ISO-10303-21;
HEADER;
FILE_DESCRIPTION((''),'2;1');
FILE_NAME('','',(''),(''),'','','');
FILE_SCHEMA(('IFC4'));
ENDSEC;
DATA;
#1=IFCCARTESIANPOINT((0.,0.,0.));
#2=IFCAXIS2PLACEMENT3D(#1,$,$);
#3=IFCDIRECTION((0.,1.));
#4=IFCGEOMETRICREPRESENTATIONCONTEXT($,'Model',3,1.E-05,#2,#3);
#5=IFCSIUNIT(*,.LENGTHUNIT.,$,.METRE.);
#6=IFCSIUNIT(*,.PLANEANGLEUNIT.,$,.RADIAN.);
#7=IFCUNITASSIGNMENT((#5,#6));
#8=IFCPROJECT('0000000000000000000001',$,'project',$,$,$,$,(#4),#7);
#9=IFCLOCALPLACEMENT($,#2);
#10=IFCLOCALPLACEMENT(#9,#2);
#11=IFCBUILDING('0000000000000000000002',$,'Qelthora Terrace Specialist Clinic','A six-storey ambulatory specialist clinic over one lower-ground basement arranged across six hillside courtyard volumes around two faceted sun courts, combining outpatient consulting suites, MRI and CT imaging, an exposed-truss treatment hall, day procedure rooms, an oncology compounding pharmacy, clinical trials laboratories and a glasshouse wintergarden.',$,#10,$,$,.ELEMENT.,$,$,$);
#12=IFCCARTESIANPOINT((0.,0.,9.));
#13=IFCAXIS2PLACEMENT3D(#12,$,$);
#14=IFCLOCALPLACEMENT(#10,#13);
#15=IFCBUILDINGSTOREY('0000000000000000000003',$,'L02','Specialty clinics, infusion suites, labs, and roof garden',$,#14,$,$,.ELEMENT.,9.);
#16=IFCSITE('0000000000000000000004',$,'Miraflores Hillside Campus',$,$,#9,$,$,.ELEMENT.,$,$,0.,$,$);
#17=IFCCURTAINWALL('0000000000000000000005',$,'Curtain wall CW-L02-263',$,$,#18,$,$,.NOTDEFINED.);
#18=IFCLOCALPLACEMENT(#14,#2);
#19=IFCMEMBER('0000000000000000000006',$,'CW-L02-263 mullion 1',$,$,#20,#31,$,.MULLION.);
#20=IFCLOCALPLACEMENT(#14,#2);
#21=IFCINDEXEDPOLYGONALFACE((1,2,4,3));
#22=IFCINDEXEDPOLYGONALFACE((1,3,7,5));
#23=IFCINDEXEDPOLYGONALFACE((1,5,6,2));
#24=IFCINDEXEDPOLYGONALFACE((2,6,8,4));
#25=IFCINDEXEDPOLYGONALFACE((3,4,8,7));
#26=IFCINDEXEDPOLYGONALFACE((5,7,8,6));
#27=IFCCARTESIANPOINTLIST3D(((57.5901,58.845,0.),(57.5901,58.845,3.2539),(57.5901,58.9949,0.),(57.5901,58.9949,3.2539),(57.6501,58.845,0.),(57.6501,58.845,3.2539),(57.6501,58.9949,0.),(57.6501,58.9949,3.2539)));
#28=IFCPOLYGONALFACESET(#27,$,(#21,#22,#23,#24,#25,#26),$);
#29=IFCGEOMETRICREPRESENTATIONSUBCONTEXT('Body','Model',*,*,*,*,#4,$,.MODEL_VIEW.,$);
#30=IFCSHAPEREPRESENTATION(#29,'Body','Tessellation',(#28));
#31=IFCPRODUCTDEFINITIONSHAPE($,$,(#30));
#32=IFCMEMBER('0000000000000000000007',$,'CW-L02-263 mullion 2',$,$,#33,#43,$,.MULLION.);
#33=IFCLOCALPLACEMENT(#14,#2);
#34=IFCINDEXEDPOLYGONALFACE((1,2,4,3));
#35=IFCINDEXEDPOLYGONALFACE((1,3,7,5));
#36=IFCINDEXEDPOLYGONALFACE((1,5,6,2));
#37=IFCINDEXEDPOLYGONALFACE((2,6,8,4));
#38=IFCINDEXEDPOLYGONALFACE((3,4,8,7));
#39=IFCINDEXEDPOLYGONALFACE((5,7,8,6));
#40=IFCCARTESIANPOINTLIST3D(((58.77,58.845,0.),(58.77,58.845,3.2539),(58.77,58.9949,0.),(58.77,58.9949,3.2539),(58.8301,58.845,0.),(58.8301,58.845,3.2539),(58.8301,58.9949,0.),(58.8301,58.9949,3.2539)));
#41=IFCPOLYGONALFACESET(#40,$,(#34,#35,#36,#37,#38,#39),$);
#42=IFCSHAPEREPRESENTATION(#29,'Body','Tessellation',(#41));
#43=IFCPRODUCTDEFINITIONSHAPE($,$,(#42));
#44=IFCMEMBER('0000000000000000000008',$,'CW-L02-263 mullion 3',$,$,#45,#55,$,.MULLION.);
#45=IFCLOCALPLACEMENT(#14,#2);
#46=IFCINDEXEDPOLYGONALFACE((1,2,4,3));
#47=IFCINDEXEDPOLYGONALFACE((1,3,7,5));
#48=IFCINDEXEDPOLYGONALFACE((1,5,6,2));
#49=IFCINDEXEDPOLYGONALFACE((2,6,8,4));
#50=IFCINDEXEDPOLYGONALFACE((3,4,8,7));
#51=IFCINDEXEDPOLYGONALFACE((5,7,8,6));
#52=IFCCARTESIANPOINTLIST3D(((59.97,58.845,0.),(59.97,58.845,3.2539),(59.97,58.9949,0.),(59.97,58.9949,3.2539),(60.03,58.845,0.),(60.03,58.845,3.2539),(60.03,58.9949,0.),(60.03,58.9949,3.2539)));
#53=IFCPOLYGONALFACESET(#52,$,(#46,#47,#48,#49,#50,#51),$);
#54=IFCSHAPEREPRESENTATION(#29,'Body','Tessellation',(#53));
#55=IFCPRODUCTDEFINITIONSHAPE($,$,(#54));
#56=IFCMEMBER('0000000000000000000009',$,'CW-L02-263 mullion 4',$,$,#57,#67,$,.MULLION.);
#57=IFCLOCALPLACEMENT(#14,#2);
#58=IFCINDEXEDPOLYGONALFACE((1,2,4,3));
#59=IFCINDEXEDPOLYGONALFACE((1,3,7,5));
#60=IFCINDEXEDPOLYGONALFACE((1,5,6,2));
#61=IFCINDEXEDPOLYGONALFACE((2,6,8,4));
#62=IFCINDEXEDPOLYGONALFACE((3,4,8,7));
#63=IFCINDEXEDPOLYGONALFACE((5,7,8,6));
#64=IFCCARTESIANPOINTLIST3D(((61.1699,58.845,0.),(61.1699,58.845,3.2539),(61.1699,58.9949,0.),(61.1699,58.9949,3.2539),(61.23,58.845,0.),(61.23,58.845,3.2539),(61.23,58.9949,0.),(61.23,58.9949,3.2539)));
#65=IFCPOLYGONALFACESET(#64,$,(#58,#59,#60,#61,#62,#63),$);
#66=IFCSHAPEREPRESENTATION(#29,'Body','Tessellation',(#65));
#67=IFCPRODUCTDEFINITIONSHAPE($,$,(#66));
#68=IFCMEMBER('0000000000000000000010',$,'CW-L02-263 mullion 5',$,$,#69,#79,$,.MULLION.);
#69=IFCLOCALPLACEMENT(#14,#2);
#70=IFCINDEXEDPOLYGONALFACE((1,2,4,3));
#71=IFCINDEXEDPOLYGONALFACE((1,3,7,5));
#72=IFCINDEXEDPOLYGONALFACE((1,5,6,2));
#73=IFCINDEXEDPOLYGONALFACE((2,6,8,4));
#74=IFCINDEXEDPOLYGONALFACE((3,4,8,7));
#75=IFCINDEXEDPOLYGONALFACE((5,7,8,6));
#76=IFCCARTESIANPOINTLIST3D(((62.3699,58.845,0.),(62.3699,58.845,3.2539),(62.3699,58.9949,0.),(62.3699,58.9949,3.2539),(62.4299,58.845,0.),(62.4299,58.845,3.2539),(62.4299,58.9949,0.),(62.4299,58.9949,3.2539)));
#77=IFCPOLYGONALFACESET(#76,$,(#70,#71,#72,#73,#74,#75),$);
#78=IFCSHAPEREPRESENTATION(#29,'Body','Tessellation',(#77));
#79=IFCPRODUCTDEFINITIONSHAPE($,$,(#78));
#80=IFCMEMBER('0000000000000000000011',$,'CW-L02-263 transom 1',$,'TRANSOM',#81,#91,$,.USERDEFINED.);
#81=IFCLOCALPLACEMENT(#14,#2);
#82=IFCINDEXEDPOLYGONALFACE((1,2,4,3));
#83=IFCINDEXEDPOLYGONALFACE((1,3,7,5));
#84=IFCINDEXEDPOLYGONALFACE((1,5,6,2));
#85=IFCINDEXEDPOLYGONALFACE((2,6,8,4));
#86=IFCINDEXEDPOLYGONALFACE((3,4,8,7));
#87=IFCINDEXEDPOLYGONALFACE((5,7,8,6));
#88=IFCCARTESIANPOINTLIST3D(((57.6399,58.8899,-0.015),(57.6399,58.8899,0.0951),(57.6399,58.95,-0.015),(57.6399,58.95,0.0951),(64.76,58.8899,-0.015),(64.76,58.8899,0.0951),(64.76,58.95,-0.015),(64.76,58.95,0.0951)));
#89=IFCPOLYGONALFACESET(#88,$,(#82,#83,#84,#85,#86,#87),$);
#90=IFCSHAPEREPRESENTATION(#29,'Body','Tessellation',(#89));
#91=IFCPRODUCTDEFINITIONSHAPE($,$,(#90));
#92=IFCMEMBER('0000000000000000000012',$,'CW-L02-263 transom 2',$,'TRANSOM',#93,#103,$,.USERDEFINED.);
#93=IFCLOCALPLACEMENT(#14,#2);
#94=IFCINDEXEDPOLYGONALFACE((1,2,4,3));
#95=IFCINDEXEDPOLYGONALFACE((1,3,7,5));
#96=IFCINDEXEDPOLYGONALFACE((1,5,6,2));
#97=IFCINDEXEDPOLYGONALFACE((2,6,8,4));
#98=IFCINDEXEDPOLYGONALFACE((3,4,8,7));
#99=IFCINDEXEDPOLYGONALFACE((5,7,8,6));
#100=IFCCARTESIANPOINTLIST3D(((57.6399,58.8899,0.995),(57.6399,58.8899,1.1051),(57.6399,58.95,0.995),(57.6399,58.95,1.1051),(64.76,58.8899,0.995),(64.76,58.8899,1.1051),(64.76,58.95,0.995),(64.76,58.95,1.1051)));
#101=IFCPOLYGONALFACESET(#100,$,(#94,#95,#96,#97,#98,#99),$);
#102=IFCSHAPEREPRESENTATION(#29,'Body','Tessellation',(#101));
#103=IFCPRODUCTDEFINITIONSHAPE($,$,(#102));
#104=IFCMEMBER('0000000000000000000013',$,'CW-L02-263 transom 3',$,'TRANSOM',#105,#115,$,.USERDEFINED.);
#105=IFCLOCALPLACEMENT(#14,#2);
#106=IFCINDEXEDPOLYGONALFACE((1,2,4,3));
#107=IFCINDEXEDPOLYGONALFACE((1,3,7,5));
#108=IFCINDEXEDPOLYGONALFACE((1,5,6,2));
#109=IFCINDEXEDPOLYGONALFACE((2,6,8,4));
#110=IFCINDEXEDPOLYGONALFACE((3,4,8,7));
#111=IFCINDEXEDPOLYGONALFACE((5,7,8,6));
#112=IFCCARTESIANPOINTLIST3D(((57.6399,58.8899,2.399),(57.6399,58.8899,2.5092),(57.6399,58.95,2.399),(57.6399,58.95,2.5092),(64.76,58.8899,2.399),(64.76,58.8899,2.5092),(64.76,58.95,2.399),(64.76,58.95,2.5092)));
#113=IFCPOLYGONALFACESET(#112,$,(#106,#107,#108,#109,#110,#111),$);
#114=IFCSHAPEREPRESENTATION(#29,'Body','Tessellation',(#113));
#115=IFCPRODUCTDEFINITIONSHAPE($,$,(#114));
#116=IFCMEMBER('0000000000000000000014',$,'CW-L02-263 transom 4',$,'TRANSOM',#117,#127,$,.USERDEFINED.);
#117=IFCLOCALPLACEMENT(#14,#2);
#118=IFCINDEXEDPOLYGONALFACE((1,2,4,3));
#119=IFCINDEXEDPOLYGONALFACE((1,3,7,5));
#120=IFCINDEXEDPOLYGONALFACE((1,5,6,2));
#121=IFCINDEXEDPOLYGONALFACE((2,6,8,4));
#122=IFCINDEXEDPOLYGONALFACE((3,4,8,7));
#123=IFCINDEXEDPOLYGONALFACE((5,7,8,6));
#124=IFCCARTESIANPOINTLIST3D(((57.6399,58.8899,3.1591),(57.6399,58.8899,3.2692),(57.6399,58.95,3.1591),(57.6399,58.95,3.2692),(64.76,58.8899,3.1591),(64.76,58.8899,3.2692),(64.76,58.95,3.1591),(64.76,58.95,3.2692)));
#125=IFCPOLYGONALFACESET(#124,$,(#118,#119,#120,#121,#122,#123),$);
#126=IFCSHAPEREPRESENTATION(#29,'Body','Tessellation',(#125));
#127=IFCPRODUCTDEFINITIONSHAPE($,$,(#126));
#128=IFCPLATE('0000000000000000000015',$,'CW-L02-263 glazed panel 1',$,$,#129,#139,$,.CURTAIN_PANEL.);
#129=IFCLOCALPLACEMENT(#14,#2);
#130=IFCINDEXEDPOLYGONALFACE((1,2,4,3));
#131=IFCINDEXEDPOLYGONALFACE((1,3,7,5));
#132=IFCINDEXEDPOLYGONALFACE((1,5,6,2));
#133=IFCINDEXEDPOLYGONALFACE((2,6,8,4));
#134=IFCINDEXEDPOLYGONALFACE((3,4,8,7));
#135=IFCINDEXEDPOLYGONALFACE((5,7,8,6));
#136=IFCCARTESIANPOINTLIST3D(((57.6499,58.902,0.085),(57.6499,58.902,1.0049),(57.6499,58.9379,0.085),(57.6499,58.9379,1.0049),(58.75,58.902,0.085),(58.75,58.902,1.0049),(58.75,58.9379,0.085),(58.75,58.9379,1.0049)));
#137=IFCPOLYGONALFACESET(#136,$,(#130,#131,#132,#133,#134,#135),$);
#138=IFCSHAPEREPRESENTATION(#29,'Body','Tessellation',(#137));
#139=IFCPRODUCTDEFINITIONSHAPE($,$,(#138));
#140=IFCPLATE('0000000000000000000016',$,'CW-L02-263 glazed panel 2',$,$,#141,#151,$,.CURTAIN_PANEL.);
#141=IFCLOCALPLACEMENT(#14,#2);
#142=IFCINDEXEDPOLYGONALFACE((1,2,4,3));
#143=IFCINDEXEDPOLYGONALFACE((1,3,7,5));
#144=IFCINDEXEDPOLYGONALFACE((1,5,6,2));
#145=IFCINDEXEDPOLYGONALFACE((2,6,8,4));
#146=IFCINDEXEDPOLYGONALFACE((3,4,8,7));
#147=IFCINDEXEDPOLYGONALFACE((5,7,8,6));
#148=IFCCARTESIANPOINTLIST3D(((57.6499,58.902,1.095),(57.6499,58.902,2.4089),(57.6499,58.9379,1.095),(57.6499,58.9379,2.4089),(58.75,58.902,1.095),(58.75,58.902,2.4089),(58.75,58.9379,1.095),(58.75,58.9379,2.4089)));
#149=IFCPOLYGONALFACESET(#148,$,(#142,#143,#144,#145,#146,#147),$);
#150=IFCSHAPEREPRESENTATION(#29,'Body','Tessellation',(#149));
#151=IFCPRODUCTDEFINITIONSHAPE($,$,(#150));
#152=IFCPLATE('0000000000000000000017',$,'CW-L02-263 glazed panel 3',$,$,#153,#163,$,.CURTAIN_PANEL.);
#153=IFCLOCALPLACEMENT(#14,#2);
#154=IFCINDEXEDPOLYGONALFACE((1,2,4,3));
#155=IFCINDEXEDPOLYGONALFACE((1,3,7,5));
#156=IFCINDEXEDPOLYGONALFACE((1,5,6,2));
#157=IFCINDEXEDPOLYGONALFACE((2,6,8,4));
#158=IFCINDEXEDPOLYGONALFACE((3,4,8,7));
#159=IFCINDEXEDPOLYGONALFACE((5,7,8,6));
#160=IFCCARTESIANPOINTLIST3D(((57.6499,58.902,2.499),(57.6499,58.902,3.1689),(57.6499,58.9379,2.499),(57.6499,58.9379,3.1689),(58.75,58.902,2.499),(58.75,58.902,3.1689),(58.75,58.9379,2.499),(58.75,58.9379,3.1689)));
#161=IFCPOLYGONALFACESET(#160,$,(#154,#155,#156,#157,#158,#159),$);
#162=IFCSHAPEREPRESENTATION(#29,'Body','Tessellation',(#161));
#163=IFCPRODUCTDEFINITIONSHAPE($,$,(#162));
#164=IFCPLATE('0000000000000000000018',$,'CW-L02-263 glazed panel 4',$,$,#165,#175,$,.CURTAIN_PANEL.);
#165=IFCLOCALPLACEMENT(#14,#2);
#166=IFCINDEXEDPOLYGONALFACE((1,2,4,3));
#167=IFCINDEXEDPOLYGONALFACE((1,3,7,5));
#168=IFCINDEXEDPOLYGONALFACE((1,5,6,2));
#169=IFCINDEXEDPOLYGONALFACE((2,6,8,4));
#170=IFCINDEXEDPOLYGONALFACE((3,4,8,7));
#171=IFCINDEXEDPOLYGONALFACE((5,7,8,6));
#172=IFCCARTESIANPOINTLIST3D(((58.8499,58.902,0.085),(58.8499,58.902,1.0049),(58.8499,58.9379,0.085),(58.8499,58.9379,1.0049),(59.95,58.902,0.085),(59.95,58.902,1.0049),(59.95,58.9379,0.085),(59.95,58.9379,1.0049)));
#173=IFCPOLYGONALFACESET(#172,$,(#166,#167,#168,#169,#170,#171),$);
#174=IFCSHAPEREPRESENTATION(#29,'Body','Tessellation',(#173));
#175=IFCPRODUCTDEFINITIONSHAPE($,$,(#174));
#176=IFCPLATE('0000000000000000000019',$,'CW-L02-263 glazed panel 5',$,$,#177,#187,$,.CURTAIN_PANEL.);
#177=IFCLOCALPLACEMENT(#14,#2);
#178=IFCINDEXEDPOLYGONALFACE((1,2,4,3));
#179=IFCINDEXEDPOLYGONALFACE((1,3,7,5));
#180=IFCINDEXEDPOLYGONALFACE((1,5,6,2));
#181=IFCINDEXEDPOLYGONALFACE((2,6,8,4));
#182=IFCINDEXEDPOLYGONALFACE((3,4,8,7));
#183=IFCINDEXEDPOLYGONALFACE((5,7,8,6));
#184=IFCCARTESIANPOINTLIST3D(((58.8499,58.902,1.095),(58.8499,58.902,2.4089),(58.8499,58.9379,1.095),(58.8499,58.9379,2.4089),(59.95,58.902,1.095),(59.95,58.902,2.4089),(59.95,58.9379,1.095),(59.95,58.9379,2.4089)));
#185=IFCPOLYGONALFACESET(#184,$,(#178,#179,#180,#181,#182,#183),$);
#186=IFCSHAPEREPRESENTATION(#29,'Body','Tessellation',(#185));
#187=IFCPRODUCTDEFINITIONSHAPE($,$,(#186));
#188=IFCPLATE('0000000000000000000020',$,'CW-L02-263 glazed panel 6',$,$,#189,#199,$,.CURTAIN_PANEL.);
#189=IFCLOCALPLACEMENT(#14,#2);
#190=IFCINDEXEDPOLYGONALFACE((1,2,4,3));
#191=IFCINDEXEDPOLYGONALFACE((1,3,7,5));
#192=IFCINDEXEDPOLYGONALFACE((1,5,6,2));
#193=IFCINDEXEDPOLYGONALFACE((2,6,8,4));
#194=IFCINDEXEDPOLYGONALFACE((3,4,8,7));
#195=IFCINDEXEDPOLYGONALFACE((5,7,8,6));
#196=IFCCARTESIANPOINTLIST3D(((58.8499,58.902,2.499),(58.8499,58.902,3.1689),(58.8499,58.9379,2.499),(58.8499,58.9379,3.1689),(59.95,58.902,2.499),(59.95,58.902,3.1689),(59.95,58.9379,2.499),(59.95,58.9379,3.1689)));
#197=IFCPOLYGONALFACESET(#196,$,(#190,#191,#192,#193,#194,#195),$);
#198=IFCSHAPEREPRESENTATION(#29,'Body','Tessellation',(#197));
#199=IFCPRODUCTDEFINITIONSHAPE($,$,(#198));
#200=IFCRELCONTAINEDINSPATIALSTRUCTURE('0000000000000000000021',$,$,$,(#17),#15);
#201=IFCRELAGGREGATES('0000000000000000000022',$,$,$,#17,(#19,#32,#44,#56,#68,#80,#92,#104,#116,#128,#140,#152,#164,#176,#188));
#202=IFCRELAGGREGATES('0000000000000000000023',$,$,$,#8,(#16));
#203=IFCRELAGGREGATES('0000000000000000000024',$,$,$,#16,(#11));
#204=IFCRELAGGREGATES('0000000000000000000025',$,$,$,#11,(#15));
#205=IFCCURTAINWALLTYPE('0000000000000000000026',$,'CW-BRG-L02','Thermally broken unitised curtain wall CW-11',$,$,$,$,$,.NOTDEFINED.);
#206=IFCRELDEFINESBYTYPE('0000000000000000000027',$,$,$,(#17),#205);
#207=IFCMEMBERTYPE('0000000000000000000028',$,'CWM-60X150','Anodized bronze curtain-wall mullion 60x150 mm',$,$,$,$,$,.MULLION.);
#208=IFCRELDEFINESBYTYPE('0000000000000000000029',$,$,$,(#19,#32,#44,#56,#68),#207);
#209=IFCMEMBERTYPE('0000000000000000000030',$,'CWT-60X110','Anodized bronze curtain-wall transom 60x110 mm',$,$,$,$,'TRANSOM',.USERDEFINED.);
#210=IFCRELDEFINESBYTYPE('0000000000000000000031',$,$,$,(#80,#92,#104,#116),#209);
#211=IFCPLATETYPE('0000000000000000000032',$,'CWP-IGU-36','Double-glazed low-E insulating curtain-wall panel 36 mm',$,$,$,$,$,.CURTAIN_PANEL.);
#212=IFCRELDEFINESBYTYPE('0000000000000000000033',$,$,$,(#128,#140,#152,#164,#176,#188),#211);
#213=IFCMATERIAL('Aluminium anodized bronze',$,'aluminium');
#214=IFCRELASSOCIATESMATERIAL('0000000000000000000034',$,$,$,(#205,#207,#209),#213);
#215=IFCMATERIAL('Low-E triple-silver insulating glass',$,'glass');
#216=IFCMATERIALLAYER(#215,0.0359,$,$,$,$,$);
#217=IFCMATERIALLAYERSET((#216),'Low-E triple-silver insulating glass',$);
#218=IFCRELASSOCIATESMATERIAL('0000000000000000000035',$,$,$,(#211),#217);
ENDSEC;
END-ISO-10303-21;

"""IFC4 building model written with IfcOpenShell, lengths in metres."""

from ifc_helpers import new_model, si_unit, direction, frame, origin, origin_2d, place, context, subcontext, project, spatial, rectangle, extrude, material, layer, layer_set, material_profile, profile_set, type_object, element, aggregate, save


model = new_model("IFC4")

# Units and contexts
model_context = context("Model", 3, precision=1e-05, world=origin(), true_north=direction((0.0, 1.0)))
body_context = subcontext(model_context, "Body", "Model", "MODEL_VIEW")
ifc_project = project(units=[si_unit("LENGTHUNIT", "METRE"), si_unit("PLANEANGLEUNIT", "RADIAN")], contexts=[model_context])

# Site, building, storey
site_placement = place(None, origin())
site = spatial("IfcSite", under=ifc_project, at=site_placement, Name="Miraflores Hillside Campus", CompositionType="ELEMENT", RefElevation=0.0)
building_placement = place(site_placement, origin())
building = spatial("IfcBuilding", under=site, at=building_placement, Name="Qelthora Terrace Specialist Clinic", Description="A six-storey ambulatory specialist clinic over one lower-ground basement arranged across six hillside courtyard volumes around two faceted sun courts, combining outpatient consulting suites, MRI and CT imaging, an exposed-truss treatment hall, day procedure rooms, an oncology compounding pharmacy, clinical trials laboratories and a glasshouse wintergarden.", CompositionType="ELEMENT")
storey_placement = place(building_placement, frame((0.0, 0.0, 9.0)))
storey = spatial("IfcBuildingStorey", under=building, at=storey_placement, Name="L02", Description="Specialty clinics, infusion suites, labs, and roof garden", CompositionType="ELEMENT", Elevation=9.0)

# Curtain wall, members, plates
ifc_material_1 = material(Name="Aluminium anodized bronze", Category="aluminium")
curtain_wall_type = type_object("IfcCurtainWallType", Name="CW-BRG-L02", Description="Thermally broken unitised curtain wall CW-11", PredefinedType="NOTDEFINED", material=ifc_material_1)
curtain_wall_placement = place(storey_placement, origin())
curtain_wall = element("IfcCurtainWall", 1, at=curtain_wall_placement, inside=storey, type_object=curtain_wall_type, Name="Curtain wall CW-L02-263", PredefinedType="NOTDEFINED")
ifc_material_profile_1 = material_profile(ifc_material_1, rectangle(XDim=0.0601, YDim=0.1499, at=origin_2d()), Name="CWM60X150")
ifc_profile_set_1 = profile_set([ifc_material_profile_1], Name="Aluminium anodized bronze")
member_type_1 = type_object("IfcMemberType", Name="CWM-60X150", Description="Anodized bronze curtain-wall mullion 60x150 mm", PredefinedType="MULLION", material=ifc_profile_set_1)
member_1_placement = place(storey_placement, frame((57.6201, 58.9199, 0.0), z_axis=(0.0, 0.0, 1.0), x_axis=(1.0, 0.0, 0.0)))
member_1 = element("IfcMember", 2, at=member_1_placement, type_object=member_type_1, Name="CW-L02-263 mullion 1", PredefinedType="MULLION", context=body_context, shape_type="SweptSolid", body=[
    extrude(rectangle(XDim=0.0601, YDim=0.1499, at=origin_2d()), origin(), (0.0, 0.0, 1.0), 3.2539),
])
member_2_placement = place(storey_placement, frame((58.8, 58.9199, 0.0), z_axis=(0.0, 0.0, 1.0), x_axis=(1.0, 0.0, 0.0)))
member_2 = element("IfcMember", 3, at=member_2_placement, type_object=member_type_1, Name="CW-L02-263 mullion 2", PredefinedType="MULLION", context=body_context, shape_type="SweptSolid", body=[
    extrude(rectangle(XDim=0.0601, YDim=0.1499, at=origin_2d()), origin(), (0.0, 0.0, 1.0), 3.2539),
])
member_3_placement = place(storey_placement, frame((60.0, 58.9199, 0.0), z_axis=(0.0, 0.0, 1.0), x_axis=(1.0, 0.0, 0.0)))
member_3 = element("IfcMember", 4, at=member_3_placement, type_object=member_type_1, Name="CW-L02-263 mullion 3", PredefinedType="MULLION", context=body_context, shape_type="SweptSolid", body=[
    extrude(rectangle(XDim=0.0601, YDim=0.1499, at=origin_2d()), origin(), (0.0, 0.0, 1.0), 3.2539),
])
member_4_placement = place(storey_placement, frame((61.2, 58.9199, 0.0), z_axis=(0.0, 0.0, 1.0), x_axis=(1.0, 0.0, 0.0)))
member_4 = element("IfcMember", 5, at=member_4_placement, type_object=member_type_1, Name="CW-L02-263 mullion 4", PredefinedType="MULLION", context=body_context, shape_type="SweptSolid", body=[
    extrude(rectangle(XDim=0.0601, YDim=0.1499, at=origin_2d()), origin(), (0.0, 0.0, 1.0), 3.2539),
])
member_5_placement = place(storey_placement, frame((62.3999, 58.9199, 0.0), z_axis=(0.0, 0.0, 1.0), x_axis=(1.0, 0.0, 0.0)))
member_5 = element("IfcMember", 6, at=member_5_placement, type_object=member_type_1, Name="CW-L02-263 mullion 5", PredefinedType="MULLION", context=body_context, shape_type="SweptSolid", body=[
    extrude(rectangle(XDim=0.0601, YDim=0.1499, at=origin_2d()), origin(), (0.0, 0.0, 1.0), 3.2539),
])
ifc_material_profile_2 = material_profile(ifc_material_1, rectangle(XDim=0.0601, YDim=0.1101, at=origin_2d()), Name="CWT60X110")
ifc_profile_set_2 = profile_set([ifc_material_profile_2], Name="Aluminium anodized bronze")
member_type_2 = type_object("IfcMemberType", Name="CWT-60X110", Description="Anodized bronze curtain-wall transom 60x110 mm", ElementType="TRANSOM", PredefinedType="USERDEFINED", material=ifc_profile_set_2)
member_6_placement = place(storey_placement, frame((57.6399, 58.9199, 0.04), z_axis=(1.0, 0.0, 0.0), x_axis=(0.0, 1.0, 0.0)))
member_6 = element("IfcMember", 7, at=member_6_placement, type_object=member_type_2, Name="CW-L02-263 transom 1", ObjectType="TRANSOM", PredefinedType="USERDEFINED", context=body_context, shape_type="SweptSolid", body=[
    extrude(rectangle(XDim=0.0601, YDim=0.1101, at=origin_2d()), origin(), (0.0, 0.0, 1.0), 7.1201),
])
member_7_placement = place(storey_placement, frame((57.6399, 58.9199, 1.05), z_axis=(1.0, 0.0, 0.0), x_axis=(0.0, 1.0, 0.0)))
member_7 = element("IfcMember", 8, at=member_7_placement, type_object=member_type_2, Name="CW-L02-263 transom 2", ObjectType="TRANSOM", PredefinedType="USERDEFINED", context=body_context, shape_type="SweptSolid", body=[
    extrude(rectangle(XDim=0.0601, YDim=0.1101, at=origin_2d()), origin(), (0.0, 0.0, 1.0), 7.1201),
])
member_8_placement = place(storey_placement, frame((57.6399, 58.9199, 2.4541), z_axis=(1.0, 0.0, 0.0), x_axis=(0.0, 1.0, 0.0)))
member_8 = element("IfcMember", 9, at=member_8_placement, type_object=member_type_2, Name="CW-L02-263 transom 3", ObjectType="TRANSOM", PredefinedType="USERDEFINED", context=body_context, shape_type="SweptSolid", body=[
    extrude(rectangle(XDim=0.0601, YDim=0.1101, at=origin_2d()), origin(), (0.0, 0.0, 1.0), 7.1201),
])
member_9_placement = place(storey_placement, frame((57.6399, 58.9199, 3.2141), z_axis=(1.0, 0.0, 0.0), x_axis=(0.0, 1.0, 0.0)))
member_9 = element("IfcMember", 10, at=member_9_placement, type_object=member_type_2, Name="CW-L02-263 transom 4", ObjectType="TRANSOM", PredefinedType="USERDEFINED", context=body_context, shape_type="SweptSolid", body=[
    extrude(rectangle(XDim=0.0601, YDim=0.1101, at=origin_2d()), origin(), (0.0, 0.0, 1.0), 7.1201),
])
ifc_material_2 = material(Name="Low-E triple-silver insulating glass", Category="glass")
ifc_layer = layer(ifc_material_2, 0.0359)
ifc_layer_set = layer_set([ifc_layer], Name="Low-E triple-silver insulating glass")
plate_type = type_object("IfcPlateType", Name="CWP-IGU-36", Description="Double-glazed low-E insulating curtain-wall panel 36 mm", PredefinedType="CURTAIN_PANEL", material=ifc_layer_set)
plate_1_placement = place(storey_placement, frame((58.2, 58.9199, 0.085), z_axis=(0.0, 0.0, 1.0), x_axis=(1.0, 0.0, 0.0)))
plate_1 = element("IfcPlate", 11, at=plate_1_placement, type_object=plate_type, Name="CW-L02-263 glazed panel 1", PredefinedType="CURTAIN_PANEL", context=body_context, shape_type="SweptSolid", body=[
    extrude(rectangle(XDim=1.1001, YDim=0.0359, at=origin_2d()), origin(), (0.0, 0.0, 1.0), 0.9199),
])
plate_2_placement = place(storey_placement, frame((58.2, 58.9199, 1.095), z_axis=(0.0, 0.0, 1.0), x_axis=(1.0, 0.0, 0.0)))
plate_2 = element("IfcPlate", 12, at=plate_2_placement, type_object=plate_type, Name="CW-L02-263 glazed panel 2", PredefinedType="CURTAIN_PANEL", context=body_context, shape_type="SweptSolid", body=[
    extrude(rectangle(XDim=1.1001, YDim=0.0359, at=origin_2d()), origin(), (0.0, 0.0, 1.0), 1.314),
])
plate_3_placement = place(storey_placement, frame((58.2, 58.9199, 2.499), z_axis=(0.0, 0.0, 1.0), x_axis=(1.0, 0.0, 0.0)))
plate_3 = element("IfcPlate", 13, at=plate_3_placement, type_object=plate_type, Name="CW-L02-263 glazed panel 3", PredefinedType="CURTAIN_PANEL", context=body_context, shape_type="SweptSolid", body=[
    extrude(rectangle(XDim=1.1001, YDim=0.0359, at=origin_2d()), origin(), (0.0, 0.0, 1.0), 0.6699),
])
plate_4_placement = place(storey_placement, frame((59.3999, 58.9199, 0.085), z_axis=(0.0, 0.0, 1.0), x_axis=(1.0, 0.0, 0.0)))
plate_4 = element("IfcPlate", 14, at=plate_4_placement, type_object=plate_type, Name="CW-L02-263 glazed panel 4", PredefinedType="CURTAIN_PANEL", context=body_context, shape_type="SweptSolid", body=[
    extrude(rectangle(XDim=1.1001, YDim=0.0359, at=origin_2d()), origin(), (0.0, 0.0, 1.0), 0.9199),
])
plate_5_placement = place(storey_placement, frame((59.3999, 58.9199, 1.095), z_axis=(0.0, 0.0, 1.0), x_axis=(1.0, 0.0, 0.0)))
plate_5 = element("IfcPlate", 15, at=plate_5_placement, type_object=plate_type, Name="CW-L02-263 glazed panel 5", PredefinedType="CURTAIN_PANEL", context=body_context, shape_type="SweptSolid", body=[
    extrude(rectangle(XDim=1.1001, YDim=0.0359, at=origin_2d()), origin(), (0.0, 0.0, 1.0), 1.314),
])
plate_6_placement = place(storey_placement, frame((59.3999, 58.9199, 2.499), z_axis=(0.0, 0.0, 1.0), x_axis=(1.0, 0.0, 0.0)))
plate_6 = element("IfcPlate", 16, at=plate_6_placement, type_object=plate_type, Name="CW-L02-263 glazed panel 6", PredefinedType="CURTAIN_PANEL", context=body_context, shape_type="SweptSolid", body=[
    extrude(rectangle(XDim=1.1001, YDim=0.0359, at=origin_2d()), origin(), (0.0, 0.0, 1.0), 0.6699),
])
aggregate(curtain_wall, [member_1, member_2, member_3, member_4, member_5, member_6, member_7, member_8, member_9, plate_1, plate_2, plate_3, plate_4, plate_5, plate_6])

save(model, "model.ifc")
